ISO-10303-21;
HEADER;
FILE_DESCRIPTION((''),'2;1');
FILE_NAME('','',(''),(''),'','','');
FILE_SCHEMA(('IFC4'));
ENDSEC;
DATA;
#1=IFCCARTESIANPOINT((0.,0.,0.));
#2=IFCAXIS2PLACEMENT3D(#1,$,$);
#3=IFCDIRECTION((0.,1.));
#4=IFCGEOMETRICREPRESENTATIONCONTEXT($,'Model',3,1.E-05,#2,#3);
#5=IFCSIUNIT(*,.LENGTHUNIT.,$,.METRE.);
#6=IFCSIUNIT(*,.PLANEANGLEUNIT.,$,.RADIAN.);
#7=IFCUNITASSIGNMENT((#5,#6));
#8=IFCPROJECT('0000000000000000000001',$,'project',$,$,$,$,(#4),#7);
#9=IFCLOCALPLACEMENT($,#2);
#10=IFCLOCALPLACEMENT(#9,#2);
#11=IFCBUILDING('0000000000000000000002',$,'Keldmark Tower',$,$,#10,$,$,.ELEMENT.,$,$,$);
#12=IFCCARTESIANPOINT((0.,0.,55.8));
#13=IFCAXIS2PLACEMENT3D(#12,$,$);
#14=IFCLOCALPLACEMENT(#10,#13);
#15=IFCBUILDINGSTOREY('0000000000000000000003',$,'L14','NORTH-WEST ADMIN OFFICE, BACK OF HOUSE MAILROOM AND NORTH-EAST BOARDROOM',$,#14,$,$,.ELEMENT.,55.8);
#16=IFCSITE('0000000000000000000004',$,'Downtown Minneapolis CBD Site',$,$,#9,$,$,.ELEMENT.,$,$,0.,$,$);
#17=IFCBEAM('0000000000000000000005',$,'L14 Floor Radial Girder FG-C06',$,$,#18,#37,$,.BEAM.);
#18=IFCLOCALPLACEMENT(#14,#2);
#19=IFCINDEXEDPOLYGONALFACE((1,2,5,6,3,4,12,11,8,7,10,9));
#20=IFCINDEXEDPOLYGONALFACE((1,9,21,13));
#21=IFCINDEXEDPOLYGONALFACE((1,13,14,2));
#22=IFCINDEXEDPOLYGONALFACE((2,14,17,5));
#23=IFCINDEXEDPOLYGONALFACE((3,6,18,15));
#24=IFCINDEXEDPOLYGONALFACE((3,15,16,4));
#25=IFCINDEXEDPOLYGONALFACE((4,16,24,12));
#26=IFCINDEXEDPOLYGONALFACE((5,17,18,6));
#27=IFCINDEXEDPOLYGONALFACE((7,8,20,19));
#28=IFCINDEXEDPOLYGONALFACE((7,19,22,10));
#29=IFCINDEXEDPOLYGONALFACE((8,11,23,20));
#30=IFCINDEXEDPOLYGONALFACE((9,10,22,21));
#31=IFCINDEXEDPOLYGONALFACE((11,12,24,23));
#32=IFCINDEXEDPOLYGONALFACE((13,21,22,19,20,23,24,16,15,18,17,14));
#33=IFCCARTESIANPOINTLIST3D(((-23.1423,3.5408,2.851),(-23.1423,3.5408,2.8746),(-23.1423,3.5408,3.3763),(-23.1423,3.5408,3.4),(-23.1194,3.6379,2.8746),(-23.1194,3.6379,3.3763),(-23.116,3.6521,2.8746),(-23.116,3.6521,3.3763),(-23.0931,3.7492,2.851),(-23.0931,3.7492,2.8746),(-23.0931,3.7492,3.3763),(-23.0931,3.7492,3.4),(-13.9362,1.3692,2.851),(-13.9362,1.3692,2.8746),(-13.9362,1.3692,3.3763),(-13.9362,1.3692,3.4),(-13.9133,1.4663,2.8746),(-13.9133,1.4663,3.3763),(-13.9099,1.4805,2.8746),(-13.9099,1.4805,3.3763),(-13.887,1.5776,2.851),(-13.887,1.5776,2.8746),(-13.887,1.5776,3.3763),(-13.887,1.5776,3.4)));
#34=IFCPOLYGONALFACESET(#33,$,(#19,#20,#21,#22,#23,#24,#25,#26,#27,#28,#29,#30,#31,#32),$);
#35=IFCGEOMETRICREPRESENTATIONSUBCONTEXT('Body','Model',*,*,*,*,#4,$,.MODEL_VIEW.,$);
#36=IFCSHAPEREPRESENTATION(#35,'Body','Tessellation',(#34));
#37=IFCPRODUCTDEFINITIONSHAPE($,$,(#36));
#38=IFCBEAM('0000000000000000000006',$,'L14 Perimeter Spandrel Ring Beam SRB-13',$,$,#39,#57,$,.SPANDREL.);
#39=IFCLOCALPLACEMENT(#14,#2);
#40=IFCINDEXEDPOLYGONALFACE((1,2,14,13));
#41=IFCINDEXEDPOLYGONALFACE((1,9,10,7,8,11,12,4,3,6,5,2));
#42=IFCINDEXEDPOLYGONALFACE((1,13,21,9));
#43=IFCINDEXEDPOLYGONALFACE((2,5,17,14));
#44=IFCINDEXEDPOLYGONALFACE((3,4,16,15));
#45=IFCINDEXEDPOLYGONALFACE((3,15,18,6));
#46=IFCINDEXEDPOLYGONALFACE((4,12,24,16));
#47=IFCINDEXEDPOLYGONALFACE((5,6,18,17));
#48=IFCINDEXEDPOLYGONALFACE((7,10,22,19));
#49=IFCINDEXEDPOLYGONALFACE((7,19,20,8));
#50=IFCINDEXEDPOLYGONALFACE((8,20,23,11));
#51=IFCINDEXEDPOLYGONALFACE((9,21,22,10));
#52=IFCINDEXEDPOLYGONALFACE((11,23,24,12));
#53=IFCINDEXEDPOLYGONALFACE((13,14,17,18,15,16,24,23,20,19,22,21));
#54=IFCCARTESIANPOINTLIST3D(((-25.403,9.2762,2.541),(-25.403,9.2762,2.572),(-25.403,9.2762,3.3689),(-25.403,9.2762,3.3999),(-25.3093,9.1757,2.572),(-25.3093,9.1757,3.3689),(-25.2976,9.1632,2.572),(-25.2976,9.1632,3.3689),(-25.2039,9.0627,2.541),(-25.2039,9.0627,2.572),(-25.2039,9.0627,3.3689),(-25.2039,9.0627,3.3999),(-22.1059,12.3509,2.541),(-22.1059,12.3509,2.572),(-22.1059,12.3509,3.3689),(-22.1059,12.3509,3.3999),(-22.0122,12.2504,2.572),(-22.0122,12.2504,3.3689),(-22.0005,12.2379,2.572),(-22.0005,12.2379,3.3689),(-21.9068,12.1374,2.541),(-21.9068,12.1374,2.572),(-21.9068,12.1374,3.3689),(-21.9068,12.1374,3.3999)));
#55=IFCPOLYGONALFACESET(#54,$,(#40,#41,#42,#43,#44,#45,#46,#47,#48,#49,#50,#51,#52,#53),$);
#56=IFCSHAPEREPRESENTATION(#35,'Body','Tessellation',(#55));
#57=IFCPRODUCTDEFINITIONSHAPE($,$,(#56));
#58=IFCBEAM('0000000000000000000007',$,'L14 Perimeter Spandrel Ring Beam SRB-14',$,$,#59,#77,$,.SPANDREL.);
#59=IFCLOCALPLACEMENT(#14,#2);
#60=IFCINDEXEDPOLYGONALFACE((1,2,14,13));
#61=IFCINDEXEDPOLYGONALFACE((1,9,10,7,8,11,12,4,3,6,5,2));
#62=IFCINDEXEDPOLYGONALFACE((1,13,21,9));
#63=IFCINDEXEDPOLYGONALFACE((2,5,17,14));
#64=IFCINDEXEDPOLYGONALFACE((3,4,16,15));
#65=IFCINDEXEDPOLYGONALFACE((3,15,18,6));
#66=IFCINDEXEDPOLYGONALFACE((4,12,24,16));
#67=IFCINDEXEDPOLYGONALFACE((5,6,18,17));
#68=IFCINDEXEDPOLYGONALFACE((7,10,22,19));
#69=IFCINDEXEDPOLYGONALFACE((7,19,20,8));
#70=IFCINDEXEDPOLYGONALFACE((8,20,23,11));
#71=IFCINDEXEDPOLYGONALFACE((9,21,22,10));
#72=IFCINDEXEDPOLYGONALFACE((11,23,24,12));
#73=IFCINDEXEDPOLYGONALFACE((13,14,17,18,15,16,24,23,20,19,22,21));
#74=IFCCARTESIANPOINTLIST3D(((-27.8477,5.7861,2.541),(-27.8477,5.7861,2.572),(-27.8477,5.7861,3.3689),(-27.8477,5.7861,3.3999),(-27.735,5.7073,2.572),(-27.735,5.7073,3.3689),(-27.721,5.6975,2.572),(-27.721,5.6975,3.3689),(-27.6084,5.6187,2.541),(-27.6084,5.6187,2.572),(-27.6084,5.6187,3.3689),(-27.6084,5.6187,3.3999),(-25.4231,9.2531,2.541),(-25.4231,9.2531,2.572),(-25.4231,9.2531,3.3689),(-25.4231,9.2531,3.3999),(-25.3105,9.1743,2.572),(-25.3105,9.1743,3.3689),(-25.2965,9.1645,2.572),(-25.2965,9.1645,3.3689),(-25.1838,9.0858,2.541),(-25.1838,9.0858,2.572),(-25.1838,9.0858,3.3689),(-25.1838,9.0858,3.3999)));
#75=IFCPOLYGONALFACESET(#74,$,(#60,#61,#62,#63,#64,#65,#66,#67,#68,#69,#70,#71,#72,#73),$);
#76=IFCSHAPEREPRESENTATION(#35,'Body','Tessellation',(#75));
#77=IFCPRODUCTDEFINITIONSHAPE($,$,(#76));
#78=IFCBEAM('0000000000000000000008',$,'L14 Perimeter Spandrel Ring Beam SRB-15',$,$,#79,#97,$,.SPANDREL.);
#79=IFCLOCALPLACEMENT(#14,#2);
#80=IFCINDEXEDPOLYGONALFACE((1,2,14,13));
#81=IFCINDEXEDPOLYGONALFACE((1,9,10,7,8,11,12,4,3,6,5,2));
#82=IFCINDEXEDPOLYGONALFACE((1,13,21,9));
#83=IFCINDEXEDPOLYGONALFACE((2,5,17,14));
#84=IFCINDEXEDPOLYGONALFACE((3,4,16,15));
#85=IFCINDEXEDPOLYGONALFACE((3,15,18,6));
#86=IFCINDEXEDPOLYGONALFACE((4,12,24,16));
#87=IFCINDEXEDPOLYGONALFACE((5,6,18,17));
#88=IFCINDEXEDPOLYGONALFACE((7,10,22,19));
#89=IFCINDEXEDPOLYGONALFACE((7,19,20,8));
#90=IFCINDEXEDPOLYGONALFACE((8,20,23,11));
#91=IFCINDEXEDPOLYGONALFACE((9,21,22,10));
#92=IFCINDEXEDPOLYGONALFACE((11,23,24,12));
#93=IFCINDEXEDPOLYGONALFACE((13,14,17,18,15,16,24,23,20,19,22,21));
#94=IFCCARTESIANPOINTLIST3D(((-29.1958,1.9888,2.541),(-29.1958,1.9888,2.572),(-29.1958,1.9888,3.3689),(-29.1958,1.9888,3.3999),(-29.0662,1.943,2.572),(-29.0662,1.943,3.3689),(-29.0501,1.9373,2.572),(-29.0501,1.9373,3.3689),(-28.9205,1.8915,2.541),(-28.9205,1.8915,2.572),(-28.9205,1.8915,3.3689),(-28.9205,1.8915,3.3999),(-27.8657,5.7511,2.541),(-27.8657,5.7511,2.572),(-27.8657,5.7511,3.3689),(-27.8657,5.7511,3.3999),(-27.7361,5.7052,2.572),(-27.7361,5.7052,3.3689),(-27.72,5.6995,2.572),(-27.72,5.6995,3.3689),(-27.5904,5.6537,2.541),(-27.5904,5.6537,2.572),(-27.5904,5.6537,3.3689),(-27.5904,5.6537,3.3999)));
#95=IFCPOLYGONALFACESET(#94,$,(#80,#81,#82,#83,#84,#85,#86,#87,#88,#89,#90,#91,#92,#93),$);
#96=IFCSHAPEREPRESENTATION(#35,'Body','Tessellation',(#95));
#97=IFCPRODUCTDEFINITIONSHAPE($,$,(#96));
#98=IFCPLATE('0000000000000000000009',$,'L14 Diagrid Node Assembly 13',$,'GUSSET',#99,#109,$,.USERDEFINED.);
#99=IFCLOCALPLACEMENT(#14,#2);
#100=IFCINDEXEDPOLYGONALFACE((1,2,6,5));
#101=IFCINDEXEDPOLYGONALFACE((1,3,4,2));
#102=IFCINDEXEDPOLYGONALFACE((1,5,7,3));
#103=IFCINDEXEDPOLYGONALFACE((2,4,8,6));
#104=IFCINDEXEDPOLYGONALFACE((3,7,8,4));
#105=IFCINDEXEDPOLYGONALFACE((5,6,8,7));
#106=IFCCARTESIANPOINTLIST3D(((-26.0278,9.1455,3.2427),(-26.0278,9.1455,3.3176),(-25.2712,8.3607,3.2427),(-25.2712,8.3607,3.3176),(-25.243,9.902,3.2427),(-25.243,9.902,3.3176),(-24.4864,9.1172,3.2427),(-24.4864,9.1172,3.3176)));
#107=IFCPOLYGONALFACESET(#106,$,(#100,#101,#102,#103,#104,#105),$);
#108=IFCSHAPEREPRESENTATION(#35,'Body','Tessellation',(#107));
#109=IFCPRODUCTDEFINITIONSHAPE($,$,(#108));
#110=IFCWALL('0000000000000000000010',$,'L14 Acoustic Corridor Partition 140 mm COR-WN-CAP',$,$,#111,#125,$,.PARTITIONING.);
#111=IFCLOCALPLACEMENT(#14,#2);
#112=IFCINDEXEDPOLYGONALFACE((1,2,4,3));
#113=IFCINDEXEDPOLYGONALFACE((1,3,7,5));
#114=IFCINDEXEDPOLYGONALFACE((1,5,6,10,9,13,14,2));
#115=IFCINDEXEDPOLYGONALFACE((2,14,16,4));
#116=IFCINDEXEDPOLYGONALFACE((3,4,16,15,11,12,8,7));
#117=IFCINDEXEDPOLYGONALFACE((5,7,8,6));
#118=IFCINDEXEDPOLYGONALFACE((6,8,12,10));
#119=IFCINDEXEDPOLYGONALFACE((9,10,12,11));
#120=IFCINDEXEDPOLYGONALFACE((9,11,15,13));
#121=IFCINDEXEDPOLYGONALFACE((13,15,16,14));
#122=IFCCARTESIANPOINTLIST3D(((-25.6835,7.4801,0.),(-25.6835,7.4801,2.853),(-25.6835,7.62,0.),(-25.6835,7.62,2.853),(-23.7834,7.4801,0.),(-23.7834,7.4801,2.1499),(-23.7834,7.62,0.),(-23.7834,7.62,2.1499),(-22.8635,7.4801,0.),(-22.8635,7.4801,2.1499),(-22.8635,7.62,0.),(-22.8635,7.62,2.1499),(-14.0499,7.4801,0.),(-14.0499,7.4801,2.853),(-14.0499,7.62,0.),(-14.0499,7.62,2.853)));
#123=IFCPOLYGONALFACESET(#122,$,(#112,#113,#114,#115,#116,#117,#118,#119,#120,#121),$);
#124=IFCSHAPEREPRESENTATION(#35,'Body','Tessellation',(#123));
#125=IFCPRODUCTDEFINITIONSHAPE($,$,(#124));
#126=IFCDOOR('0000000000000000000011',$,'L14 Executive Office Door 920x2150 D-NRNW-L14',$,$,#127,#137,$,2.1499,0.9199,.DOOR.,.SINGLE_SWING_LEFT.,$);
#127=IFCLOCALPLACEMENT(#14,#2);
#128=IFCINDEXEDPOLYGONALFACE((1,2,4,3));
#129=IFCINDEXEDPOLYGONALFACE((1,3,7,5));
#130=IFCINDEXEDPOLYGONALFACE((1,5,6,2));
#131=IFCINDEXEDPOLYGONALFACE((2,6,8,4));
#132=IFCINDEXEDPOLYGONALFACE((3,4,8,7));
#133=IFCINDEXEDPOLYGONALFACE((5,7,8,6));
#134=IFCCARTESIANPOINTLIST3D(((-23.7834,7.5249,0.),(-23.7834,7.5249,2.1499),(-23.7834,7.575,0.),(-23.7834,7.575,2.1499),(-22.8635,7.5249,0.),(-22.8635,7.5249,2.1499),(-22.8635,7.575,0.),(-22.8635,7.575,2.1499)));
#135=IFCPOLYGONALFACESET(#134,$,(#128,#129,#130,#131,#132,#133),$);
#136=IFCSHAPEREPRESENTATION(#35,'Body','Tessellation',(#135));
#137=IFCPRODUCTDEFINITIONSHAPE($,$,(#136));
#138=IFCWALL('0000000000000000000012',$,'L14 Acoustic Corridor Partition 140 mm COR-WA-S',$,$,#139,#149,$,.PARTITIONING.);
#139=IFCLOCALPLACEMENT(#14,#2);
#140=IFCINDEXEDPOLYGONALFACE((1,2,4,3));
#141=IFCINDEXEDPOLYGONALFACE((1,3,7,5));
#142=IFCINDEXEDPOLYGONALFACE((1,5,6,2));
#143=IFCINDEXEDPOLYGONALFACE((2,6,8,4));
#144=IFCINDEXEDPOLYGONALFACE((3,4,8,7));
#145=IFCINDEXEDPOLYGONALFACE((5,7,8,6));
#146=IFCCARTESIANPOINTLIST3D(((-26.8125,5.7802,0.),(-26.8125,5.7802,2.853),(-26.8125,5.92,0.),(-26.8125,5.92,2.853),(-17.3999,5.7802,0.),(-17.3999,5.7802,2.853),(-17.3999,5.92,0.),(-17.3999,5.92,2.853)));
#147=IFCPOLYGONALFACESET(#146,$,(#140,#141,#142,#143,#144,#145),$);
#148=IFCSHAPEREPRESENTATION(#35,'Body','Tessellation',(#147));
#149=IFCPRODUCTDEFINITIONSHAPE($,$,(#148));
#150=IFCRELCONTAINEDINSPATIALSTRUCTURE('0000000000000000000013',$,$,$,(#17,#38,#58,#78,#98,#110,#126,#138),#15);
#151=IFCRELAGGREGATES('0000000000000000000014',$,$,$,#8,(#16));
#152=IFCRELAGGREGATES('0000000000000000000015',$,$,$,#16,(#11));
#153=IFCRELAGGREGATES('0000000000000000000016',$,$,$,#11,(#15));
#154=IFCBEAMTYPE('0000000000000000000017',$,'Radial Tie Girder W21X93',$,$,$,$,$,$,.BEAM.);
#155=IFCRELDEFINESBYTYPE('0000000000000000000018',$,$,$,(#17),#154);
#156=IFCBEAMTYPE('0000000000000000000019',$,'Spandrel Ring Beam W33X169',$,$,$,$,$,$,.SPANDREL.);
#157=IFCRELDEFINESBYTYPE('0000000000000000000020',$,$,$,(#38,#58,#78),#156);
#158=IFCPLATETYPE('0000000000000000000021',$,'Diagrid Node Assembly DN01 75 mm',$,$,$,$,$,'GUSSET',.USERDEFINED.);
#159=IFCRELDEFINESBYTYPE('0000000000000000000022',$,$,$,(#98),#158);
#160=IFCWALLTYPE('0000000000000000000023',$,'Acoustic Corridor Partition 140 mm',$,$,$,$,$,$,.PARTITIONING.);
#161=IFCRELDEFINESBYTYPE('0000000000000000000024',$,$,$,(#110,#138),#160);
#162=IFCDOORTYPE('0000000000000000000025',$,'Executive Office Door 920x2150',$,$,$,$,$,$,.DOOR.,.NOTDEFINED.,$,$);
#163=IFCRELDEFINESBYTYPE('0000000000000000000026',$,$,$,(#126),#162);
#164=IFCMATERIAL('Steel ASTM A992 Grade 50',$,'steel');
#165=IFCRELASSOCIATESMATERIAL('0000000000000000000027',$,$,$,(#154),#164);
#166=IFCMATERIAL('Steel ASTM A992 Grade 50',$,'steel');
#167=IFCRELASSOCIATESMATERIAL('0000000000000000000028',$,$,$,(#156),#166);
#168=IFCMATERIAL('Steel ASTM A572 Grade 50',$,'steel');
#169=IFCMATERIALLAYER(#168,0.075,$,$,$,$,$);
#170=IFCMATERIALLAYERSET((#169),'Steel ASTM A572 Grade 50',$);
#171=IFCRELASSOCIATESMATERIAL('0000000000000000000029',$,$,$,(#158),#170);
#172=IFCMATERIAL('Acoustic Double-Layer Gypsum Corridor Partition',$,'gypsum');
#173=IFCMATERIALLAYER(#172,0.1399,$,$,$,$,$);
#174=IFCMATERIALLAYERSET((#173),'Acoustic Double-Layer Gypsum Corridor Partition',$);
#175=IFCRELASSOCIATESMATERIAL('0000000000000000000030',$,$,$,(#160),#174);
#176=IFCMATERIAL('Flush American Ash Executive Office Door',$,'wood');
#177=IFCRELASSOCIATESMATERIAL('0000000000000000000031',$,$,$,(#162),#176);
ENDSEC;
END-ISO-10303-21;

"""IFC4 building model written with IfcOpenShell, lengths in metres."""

from ifc_helpers import new_model, si_unit, direction, frame, frame_2d, origin, origin_2d, place, context, subcontext, project, spatial, rectangle, i_section, extrude, material, layer, layer_set, material_profile, profile_set, type_object, element, fill, save


model = new_model("IFC4")

# Units and contexts
model_context = context("Model", 3, precision=1e-05, world=origin(), true_north=direction((0.0, 1.0)))
body_context = subcontext(model_context, "Body", "Model", "MODEL_VIEW")
ifc_project = project(units=[si_unit("LENGTHUNIT", "METRE"), si_unit("PLANEANGLEUNIT", "RADIAN")], contexts=[model_context])

# Site, building, storey
site_placement = place(None, origin())
site = spatial("IfcSite", under=ifc_project, at=site_placement, Name="Downtown Minneapolis CBD Site", CompositionType="ELEMENT", RefElevation=0.0)
building_placement = place(site_placement, origin())
building = spatial("IfcBuilding", under=site, at=building_placement, Name="Keldmark Tower", CompositionType="ELEMENT")
storey_placement = place(building_placement, frame((0.0, 0.0, 55.8)))
storey = spatial("IfcBuildingStorey", under=building, at=storey_placement, Name="L14", Description="NORTH-WEST ADMIN OFFICE, BACK OF HOUSE MAILROOM AND NORTH-EAST BOARDROOM", CompositionType="ELEMENT", Elevation=55.8)

# Beams
ifc_material_1 = material(Name="Steel ASTM A992 Grade 50", Category="steel")
ifc_material_profile_1 = material_profile(ifc_material_1, i_section(OverallWidth=0.2141, OverallDepth=0.5491, WebThickness=0.0146, FlangeThickness=0.0237, at=origin_2d()), Name="W21X93")
ifc_profile_set_1 = profile_set([ifc_material_profile_1], Name="Steel ASTM A992 Grade 50")
beam_type_1 = type_object("IfcBeamType", Name="Radial Tie Girder W21X93", PredefinedType="BEAM", material=ifc_profile_set_1)
beam_1_placement = place(storey_placement, frame((-23.1177, 3.645, 3.1255), z_axis=(0.973287, -0.22959, 0.0), x_axis=(0.22959, 0.973287, 0.0)))
element("IfcBeam", 1, at=beam_1_placement, inside=storey, type_object=beam_type_1, Name="L14 Floor Radial Girder FG-C06", PredefinedType="BEAM", context=body_context, shape_type="SweptSolid", body=[
    extrude(i_section(OverallWidth=0.2141, OverallDepth=0.5491, WebThickness=0.0146, FlangeThickness=0.0237, at=origin_2d()), origin(), (0.0, 0.0, 1.0), 9.4587),
])
ifc_material_2 = material(Name="Steel ASTM A992 Grade 50", Category="steel")
ifc_material_profile_2 = material_profile(ifc_material_2, i_section(OverallWidth=0.292, OverallDepth=0.8589, WebThickness=0.0171, FlangeThickness=0.031, at=origin_2d()), Name="W33X169")
ifc_profile_set_2 = profile_set([ifc_material_profile_2], Name="Steel ASTM A992 Grade 50")
beam_type_2 = type_object("IfcBeamType", Name="Spandrel Ring Beam W33X169", PredefinedType="SPANDREL", material=ifc_profile_set_2)
beam_2_placement = place(storey_placement, frame((-22.0063, 12.2441, 2.9705), z_axis=(-0.731343, -0.682009, 0.0), x_axis=(0.682009, -0.731343, 0.0)))
element("IfcBeam", 2, at=beam_2_placement, inside=storey, type_object=beam_type_2, Name="L14 Perimeter Spandrel Ring Beam SRB-13", PredefinedType="SPANDREL", context=body_context, shape_type="SweptSolid", body=[
    extrude(i_section(OverallWidth=0.292, OverallDepth=0.8589, WebThickness=0.0171, FlangeThickness=0.031, at=origin_2d()), origin(), (0.0, 0.0, 1.0), 4.5083),
])
beam_3_placement = place(storey_placement, frame((-25.3035, 9.1694, 2.9705), z_axis=(-0.573087, -0.819495, 0.0), x_axis=(0.819495, -0.573087, 0.0)))
element("IfcBeam", 3, at=beam_3_placement, inside=storey, type_object=beam_type_2, Name="L14 Perimeter Spandrel Ring Beam SRB-14", PredefinedType="SPANDREL", context=body_context, shape_type="SweptSolid", body=[
    extrude(i_section(OverallWidth=0.292, OverallDepth=0.8589, WebThickness=0.0171, FlangeThickness=0.031, at=origin_2d()), origin(), (0.0, 0.0, 1.0), 4.2307),
])
beam_4_placement = place(storey_placement, frame((-27.728, 5.7024, 2.9705), z_axis=(-0.333319, -0.942814, 0.0), x_axis=(0.942814, -0.333319, 0.0)))
element("IfcBeam", 4, at=beam_4_placement, inside=storey, type_object=beam_type_2, Name="L14 Perimeter Spandrel Ring Beam SRB-15", PredefinedType="SPANDREL", context=body_context, shape_type="SweptSolid", body=[
    extrude(i_section(OverallWidth=0.292, OverallDepth=0.8589, WebThickness=0.0171, FlangeThickness=0.031, at=origin_2d()), origin(), (0.0, 0.0, 1.0), 3.9905),
])

# Plate
ifc_material_3 = material(Name="Steel ASTM A572 Grade 50", Category="steel")
ifc_layer_1 = layer(ifc_material_3, 0.075)
ifc_layer_set_1 = layer_set([ifc_layer_1], Name="Steel ASTM A572 Grade 50")
plate_type = type_object("IfcPlateType", Name="Diagrid Node Assembly DN01 75 mm", ElementType="GUSSET", PredefinedType="USERDEFINED", material=ifc_layer_set_1)
plate_placement = place(storey_placement, frame((-25.2571, 9.1313, 3.2427), z_axis=(0.0, 0.0, 1.0), x_axis=(-0.719946, -0.69403, 0.0)))
element("IfcPlate", 5, at=plate_placement, inside=storey, type_object=plate_type, Name="L14 Diagrid Node Assembly 13", ObjectType="GUSSET", PredefinedType="USERDEFINED", context=body_context, shape_type="SweptSolid", body=[
    extrude(rectangle(XDim=1.0901, YDim=1.0901, at=origin_2d()), origin(), (0.0, 0.0, 1.0), 0.075),
])

# Wall, opening, door
ifc_material_4 = material(Name="Acoustic Double-Layer Gypsum Corridor Partition", Category="gypsum")
ifc_layer_2 = layer(ifc_material_4, 0.1399)
ifc_layer_set_2 = layer_set([ifc_layer_2], Name="Acoustic Double-Layer Gypsum Corridor Partition")
wall_type_1 = type_object("IfcWallType", Name="Acoustic Corridor Partition 140 mm", PredefinedType="PARTITIONING", material=ifc_layer_set_2)
wall_1_placement = place(storey_placement, frame((-25.6836, 7.55, 0.0), z_axis=(0.0, 0.0, 1.0), x_axis=(1.0, 0.0, 0.0)))
wall_1 = element("IfcWall", 6, at=wall_1_placement, inside=storey, type_object=wall_type_1, Name="L14 Acoustic Corridor Partition 140 mm COR-WN-CAP", PredefinedType="PARTITIONING", context=body_context, shape_type="SweptSolid", body=[
    extrude(rectangle(XDim=11.6335, YDim=0.1399, at=frame_2d((5.8169, 0.0))), origin(), (0.0, 0.0, 1.0), 2.853),
])
opening_1_placement = place(wall_1_placement, frame((1.9001, 0.0, 0.0)))
opening_1 = element("IfcOpeningElement", 7, at=opening_1_placement, cuts=wall_1, PredefinedType="OPENING", context=body_context, shape_type="SweptSolid", body=[
    extrude(rectangle(XDim=0.9199, YDim=2.1499, at=frame_2d((0.46, 1.075))), frame((0.0, 0.0798, 0.0), z_axis=(0.0, -1.0, 0.0), x_axis=(1.0, 0.0, 0.0)), (0.0, 0.0, 1.0), 0.1599),
])
ifc_material_5 = material(Name="Flush American Ash Executive Office Door", Category="wood")
door_type = type_object("IfcDoorType", Name="Executive Office Door 920x2150", OperationType="NOTDEFINED", PredefinedType="DOOR", material=ifc_material_5)
door_placement = place(opening_1_placement, origin())
door = element("IfcDoor", 8, at=door_placement, inside=storey, type_object=door_type, Name="L14 Executive Office Door 920x2150 D-NRNW-L14", OperationType="SINGLE_SWING_LEFT", OverallHeight=2.1499, OverallWidth=0.9199, PredefinedType="DOOR", context=body_context, shape_type="SweptSolid", body=[
    extrude(rectangle(XDim=0.9199, YDim=2.1499, at=frame_2d((0.46, 1.075))), frame((0.0, 0.0249, 0.0), z_axis=(0.0, -1.0, 0.0), x_axis=(1.0, 0.0, 0.0)), (0.0, 0.0, 1.0), 0.05),
])
fill(opening_1, door)

# Wall
wall_2_placement = place(storey_placement, frame((-26.8125, 5.8501, 0.0), z_axis=(0.0, 0.0, 1.0), x_axis=(1.0, 0.0, 0.0)))
element("IfcWall", 9, at=wall_2_placement, inside=storey, type_object=wall_type_1, Name="L14 Acoustic Corridor Partition 140 mm COR-WA-S", PredefinedType="PARTITIONING", context=body_context, shape_type="SweptSolid", body=[
    extrude(rectangle(XDim=9.4126, YDim=0.1399, at=frame_2d((4.7063, 0.0))), origin(), (0.0, 0.0, 1.0), 2.853),
])

save(model, "model.ifc")
